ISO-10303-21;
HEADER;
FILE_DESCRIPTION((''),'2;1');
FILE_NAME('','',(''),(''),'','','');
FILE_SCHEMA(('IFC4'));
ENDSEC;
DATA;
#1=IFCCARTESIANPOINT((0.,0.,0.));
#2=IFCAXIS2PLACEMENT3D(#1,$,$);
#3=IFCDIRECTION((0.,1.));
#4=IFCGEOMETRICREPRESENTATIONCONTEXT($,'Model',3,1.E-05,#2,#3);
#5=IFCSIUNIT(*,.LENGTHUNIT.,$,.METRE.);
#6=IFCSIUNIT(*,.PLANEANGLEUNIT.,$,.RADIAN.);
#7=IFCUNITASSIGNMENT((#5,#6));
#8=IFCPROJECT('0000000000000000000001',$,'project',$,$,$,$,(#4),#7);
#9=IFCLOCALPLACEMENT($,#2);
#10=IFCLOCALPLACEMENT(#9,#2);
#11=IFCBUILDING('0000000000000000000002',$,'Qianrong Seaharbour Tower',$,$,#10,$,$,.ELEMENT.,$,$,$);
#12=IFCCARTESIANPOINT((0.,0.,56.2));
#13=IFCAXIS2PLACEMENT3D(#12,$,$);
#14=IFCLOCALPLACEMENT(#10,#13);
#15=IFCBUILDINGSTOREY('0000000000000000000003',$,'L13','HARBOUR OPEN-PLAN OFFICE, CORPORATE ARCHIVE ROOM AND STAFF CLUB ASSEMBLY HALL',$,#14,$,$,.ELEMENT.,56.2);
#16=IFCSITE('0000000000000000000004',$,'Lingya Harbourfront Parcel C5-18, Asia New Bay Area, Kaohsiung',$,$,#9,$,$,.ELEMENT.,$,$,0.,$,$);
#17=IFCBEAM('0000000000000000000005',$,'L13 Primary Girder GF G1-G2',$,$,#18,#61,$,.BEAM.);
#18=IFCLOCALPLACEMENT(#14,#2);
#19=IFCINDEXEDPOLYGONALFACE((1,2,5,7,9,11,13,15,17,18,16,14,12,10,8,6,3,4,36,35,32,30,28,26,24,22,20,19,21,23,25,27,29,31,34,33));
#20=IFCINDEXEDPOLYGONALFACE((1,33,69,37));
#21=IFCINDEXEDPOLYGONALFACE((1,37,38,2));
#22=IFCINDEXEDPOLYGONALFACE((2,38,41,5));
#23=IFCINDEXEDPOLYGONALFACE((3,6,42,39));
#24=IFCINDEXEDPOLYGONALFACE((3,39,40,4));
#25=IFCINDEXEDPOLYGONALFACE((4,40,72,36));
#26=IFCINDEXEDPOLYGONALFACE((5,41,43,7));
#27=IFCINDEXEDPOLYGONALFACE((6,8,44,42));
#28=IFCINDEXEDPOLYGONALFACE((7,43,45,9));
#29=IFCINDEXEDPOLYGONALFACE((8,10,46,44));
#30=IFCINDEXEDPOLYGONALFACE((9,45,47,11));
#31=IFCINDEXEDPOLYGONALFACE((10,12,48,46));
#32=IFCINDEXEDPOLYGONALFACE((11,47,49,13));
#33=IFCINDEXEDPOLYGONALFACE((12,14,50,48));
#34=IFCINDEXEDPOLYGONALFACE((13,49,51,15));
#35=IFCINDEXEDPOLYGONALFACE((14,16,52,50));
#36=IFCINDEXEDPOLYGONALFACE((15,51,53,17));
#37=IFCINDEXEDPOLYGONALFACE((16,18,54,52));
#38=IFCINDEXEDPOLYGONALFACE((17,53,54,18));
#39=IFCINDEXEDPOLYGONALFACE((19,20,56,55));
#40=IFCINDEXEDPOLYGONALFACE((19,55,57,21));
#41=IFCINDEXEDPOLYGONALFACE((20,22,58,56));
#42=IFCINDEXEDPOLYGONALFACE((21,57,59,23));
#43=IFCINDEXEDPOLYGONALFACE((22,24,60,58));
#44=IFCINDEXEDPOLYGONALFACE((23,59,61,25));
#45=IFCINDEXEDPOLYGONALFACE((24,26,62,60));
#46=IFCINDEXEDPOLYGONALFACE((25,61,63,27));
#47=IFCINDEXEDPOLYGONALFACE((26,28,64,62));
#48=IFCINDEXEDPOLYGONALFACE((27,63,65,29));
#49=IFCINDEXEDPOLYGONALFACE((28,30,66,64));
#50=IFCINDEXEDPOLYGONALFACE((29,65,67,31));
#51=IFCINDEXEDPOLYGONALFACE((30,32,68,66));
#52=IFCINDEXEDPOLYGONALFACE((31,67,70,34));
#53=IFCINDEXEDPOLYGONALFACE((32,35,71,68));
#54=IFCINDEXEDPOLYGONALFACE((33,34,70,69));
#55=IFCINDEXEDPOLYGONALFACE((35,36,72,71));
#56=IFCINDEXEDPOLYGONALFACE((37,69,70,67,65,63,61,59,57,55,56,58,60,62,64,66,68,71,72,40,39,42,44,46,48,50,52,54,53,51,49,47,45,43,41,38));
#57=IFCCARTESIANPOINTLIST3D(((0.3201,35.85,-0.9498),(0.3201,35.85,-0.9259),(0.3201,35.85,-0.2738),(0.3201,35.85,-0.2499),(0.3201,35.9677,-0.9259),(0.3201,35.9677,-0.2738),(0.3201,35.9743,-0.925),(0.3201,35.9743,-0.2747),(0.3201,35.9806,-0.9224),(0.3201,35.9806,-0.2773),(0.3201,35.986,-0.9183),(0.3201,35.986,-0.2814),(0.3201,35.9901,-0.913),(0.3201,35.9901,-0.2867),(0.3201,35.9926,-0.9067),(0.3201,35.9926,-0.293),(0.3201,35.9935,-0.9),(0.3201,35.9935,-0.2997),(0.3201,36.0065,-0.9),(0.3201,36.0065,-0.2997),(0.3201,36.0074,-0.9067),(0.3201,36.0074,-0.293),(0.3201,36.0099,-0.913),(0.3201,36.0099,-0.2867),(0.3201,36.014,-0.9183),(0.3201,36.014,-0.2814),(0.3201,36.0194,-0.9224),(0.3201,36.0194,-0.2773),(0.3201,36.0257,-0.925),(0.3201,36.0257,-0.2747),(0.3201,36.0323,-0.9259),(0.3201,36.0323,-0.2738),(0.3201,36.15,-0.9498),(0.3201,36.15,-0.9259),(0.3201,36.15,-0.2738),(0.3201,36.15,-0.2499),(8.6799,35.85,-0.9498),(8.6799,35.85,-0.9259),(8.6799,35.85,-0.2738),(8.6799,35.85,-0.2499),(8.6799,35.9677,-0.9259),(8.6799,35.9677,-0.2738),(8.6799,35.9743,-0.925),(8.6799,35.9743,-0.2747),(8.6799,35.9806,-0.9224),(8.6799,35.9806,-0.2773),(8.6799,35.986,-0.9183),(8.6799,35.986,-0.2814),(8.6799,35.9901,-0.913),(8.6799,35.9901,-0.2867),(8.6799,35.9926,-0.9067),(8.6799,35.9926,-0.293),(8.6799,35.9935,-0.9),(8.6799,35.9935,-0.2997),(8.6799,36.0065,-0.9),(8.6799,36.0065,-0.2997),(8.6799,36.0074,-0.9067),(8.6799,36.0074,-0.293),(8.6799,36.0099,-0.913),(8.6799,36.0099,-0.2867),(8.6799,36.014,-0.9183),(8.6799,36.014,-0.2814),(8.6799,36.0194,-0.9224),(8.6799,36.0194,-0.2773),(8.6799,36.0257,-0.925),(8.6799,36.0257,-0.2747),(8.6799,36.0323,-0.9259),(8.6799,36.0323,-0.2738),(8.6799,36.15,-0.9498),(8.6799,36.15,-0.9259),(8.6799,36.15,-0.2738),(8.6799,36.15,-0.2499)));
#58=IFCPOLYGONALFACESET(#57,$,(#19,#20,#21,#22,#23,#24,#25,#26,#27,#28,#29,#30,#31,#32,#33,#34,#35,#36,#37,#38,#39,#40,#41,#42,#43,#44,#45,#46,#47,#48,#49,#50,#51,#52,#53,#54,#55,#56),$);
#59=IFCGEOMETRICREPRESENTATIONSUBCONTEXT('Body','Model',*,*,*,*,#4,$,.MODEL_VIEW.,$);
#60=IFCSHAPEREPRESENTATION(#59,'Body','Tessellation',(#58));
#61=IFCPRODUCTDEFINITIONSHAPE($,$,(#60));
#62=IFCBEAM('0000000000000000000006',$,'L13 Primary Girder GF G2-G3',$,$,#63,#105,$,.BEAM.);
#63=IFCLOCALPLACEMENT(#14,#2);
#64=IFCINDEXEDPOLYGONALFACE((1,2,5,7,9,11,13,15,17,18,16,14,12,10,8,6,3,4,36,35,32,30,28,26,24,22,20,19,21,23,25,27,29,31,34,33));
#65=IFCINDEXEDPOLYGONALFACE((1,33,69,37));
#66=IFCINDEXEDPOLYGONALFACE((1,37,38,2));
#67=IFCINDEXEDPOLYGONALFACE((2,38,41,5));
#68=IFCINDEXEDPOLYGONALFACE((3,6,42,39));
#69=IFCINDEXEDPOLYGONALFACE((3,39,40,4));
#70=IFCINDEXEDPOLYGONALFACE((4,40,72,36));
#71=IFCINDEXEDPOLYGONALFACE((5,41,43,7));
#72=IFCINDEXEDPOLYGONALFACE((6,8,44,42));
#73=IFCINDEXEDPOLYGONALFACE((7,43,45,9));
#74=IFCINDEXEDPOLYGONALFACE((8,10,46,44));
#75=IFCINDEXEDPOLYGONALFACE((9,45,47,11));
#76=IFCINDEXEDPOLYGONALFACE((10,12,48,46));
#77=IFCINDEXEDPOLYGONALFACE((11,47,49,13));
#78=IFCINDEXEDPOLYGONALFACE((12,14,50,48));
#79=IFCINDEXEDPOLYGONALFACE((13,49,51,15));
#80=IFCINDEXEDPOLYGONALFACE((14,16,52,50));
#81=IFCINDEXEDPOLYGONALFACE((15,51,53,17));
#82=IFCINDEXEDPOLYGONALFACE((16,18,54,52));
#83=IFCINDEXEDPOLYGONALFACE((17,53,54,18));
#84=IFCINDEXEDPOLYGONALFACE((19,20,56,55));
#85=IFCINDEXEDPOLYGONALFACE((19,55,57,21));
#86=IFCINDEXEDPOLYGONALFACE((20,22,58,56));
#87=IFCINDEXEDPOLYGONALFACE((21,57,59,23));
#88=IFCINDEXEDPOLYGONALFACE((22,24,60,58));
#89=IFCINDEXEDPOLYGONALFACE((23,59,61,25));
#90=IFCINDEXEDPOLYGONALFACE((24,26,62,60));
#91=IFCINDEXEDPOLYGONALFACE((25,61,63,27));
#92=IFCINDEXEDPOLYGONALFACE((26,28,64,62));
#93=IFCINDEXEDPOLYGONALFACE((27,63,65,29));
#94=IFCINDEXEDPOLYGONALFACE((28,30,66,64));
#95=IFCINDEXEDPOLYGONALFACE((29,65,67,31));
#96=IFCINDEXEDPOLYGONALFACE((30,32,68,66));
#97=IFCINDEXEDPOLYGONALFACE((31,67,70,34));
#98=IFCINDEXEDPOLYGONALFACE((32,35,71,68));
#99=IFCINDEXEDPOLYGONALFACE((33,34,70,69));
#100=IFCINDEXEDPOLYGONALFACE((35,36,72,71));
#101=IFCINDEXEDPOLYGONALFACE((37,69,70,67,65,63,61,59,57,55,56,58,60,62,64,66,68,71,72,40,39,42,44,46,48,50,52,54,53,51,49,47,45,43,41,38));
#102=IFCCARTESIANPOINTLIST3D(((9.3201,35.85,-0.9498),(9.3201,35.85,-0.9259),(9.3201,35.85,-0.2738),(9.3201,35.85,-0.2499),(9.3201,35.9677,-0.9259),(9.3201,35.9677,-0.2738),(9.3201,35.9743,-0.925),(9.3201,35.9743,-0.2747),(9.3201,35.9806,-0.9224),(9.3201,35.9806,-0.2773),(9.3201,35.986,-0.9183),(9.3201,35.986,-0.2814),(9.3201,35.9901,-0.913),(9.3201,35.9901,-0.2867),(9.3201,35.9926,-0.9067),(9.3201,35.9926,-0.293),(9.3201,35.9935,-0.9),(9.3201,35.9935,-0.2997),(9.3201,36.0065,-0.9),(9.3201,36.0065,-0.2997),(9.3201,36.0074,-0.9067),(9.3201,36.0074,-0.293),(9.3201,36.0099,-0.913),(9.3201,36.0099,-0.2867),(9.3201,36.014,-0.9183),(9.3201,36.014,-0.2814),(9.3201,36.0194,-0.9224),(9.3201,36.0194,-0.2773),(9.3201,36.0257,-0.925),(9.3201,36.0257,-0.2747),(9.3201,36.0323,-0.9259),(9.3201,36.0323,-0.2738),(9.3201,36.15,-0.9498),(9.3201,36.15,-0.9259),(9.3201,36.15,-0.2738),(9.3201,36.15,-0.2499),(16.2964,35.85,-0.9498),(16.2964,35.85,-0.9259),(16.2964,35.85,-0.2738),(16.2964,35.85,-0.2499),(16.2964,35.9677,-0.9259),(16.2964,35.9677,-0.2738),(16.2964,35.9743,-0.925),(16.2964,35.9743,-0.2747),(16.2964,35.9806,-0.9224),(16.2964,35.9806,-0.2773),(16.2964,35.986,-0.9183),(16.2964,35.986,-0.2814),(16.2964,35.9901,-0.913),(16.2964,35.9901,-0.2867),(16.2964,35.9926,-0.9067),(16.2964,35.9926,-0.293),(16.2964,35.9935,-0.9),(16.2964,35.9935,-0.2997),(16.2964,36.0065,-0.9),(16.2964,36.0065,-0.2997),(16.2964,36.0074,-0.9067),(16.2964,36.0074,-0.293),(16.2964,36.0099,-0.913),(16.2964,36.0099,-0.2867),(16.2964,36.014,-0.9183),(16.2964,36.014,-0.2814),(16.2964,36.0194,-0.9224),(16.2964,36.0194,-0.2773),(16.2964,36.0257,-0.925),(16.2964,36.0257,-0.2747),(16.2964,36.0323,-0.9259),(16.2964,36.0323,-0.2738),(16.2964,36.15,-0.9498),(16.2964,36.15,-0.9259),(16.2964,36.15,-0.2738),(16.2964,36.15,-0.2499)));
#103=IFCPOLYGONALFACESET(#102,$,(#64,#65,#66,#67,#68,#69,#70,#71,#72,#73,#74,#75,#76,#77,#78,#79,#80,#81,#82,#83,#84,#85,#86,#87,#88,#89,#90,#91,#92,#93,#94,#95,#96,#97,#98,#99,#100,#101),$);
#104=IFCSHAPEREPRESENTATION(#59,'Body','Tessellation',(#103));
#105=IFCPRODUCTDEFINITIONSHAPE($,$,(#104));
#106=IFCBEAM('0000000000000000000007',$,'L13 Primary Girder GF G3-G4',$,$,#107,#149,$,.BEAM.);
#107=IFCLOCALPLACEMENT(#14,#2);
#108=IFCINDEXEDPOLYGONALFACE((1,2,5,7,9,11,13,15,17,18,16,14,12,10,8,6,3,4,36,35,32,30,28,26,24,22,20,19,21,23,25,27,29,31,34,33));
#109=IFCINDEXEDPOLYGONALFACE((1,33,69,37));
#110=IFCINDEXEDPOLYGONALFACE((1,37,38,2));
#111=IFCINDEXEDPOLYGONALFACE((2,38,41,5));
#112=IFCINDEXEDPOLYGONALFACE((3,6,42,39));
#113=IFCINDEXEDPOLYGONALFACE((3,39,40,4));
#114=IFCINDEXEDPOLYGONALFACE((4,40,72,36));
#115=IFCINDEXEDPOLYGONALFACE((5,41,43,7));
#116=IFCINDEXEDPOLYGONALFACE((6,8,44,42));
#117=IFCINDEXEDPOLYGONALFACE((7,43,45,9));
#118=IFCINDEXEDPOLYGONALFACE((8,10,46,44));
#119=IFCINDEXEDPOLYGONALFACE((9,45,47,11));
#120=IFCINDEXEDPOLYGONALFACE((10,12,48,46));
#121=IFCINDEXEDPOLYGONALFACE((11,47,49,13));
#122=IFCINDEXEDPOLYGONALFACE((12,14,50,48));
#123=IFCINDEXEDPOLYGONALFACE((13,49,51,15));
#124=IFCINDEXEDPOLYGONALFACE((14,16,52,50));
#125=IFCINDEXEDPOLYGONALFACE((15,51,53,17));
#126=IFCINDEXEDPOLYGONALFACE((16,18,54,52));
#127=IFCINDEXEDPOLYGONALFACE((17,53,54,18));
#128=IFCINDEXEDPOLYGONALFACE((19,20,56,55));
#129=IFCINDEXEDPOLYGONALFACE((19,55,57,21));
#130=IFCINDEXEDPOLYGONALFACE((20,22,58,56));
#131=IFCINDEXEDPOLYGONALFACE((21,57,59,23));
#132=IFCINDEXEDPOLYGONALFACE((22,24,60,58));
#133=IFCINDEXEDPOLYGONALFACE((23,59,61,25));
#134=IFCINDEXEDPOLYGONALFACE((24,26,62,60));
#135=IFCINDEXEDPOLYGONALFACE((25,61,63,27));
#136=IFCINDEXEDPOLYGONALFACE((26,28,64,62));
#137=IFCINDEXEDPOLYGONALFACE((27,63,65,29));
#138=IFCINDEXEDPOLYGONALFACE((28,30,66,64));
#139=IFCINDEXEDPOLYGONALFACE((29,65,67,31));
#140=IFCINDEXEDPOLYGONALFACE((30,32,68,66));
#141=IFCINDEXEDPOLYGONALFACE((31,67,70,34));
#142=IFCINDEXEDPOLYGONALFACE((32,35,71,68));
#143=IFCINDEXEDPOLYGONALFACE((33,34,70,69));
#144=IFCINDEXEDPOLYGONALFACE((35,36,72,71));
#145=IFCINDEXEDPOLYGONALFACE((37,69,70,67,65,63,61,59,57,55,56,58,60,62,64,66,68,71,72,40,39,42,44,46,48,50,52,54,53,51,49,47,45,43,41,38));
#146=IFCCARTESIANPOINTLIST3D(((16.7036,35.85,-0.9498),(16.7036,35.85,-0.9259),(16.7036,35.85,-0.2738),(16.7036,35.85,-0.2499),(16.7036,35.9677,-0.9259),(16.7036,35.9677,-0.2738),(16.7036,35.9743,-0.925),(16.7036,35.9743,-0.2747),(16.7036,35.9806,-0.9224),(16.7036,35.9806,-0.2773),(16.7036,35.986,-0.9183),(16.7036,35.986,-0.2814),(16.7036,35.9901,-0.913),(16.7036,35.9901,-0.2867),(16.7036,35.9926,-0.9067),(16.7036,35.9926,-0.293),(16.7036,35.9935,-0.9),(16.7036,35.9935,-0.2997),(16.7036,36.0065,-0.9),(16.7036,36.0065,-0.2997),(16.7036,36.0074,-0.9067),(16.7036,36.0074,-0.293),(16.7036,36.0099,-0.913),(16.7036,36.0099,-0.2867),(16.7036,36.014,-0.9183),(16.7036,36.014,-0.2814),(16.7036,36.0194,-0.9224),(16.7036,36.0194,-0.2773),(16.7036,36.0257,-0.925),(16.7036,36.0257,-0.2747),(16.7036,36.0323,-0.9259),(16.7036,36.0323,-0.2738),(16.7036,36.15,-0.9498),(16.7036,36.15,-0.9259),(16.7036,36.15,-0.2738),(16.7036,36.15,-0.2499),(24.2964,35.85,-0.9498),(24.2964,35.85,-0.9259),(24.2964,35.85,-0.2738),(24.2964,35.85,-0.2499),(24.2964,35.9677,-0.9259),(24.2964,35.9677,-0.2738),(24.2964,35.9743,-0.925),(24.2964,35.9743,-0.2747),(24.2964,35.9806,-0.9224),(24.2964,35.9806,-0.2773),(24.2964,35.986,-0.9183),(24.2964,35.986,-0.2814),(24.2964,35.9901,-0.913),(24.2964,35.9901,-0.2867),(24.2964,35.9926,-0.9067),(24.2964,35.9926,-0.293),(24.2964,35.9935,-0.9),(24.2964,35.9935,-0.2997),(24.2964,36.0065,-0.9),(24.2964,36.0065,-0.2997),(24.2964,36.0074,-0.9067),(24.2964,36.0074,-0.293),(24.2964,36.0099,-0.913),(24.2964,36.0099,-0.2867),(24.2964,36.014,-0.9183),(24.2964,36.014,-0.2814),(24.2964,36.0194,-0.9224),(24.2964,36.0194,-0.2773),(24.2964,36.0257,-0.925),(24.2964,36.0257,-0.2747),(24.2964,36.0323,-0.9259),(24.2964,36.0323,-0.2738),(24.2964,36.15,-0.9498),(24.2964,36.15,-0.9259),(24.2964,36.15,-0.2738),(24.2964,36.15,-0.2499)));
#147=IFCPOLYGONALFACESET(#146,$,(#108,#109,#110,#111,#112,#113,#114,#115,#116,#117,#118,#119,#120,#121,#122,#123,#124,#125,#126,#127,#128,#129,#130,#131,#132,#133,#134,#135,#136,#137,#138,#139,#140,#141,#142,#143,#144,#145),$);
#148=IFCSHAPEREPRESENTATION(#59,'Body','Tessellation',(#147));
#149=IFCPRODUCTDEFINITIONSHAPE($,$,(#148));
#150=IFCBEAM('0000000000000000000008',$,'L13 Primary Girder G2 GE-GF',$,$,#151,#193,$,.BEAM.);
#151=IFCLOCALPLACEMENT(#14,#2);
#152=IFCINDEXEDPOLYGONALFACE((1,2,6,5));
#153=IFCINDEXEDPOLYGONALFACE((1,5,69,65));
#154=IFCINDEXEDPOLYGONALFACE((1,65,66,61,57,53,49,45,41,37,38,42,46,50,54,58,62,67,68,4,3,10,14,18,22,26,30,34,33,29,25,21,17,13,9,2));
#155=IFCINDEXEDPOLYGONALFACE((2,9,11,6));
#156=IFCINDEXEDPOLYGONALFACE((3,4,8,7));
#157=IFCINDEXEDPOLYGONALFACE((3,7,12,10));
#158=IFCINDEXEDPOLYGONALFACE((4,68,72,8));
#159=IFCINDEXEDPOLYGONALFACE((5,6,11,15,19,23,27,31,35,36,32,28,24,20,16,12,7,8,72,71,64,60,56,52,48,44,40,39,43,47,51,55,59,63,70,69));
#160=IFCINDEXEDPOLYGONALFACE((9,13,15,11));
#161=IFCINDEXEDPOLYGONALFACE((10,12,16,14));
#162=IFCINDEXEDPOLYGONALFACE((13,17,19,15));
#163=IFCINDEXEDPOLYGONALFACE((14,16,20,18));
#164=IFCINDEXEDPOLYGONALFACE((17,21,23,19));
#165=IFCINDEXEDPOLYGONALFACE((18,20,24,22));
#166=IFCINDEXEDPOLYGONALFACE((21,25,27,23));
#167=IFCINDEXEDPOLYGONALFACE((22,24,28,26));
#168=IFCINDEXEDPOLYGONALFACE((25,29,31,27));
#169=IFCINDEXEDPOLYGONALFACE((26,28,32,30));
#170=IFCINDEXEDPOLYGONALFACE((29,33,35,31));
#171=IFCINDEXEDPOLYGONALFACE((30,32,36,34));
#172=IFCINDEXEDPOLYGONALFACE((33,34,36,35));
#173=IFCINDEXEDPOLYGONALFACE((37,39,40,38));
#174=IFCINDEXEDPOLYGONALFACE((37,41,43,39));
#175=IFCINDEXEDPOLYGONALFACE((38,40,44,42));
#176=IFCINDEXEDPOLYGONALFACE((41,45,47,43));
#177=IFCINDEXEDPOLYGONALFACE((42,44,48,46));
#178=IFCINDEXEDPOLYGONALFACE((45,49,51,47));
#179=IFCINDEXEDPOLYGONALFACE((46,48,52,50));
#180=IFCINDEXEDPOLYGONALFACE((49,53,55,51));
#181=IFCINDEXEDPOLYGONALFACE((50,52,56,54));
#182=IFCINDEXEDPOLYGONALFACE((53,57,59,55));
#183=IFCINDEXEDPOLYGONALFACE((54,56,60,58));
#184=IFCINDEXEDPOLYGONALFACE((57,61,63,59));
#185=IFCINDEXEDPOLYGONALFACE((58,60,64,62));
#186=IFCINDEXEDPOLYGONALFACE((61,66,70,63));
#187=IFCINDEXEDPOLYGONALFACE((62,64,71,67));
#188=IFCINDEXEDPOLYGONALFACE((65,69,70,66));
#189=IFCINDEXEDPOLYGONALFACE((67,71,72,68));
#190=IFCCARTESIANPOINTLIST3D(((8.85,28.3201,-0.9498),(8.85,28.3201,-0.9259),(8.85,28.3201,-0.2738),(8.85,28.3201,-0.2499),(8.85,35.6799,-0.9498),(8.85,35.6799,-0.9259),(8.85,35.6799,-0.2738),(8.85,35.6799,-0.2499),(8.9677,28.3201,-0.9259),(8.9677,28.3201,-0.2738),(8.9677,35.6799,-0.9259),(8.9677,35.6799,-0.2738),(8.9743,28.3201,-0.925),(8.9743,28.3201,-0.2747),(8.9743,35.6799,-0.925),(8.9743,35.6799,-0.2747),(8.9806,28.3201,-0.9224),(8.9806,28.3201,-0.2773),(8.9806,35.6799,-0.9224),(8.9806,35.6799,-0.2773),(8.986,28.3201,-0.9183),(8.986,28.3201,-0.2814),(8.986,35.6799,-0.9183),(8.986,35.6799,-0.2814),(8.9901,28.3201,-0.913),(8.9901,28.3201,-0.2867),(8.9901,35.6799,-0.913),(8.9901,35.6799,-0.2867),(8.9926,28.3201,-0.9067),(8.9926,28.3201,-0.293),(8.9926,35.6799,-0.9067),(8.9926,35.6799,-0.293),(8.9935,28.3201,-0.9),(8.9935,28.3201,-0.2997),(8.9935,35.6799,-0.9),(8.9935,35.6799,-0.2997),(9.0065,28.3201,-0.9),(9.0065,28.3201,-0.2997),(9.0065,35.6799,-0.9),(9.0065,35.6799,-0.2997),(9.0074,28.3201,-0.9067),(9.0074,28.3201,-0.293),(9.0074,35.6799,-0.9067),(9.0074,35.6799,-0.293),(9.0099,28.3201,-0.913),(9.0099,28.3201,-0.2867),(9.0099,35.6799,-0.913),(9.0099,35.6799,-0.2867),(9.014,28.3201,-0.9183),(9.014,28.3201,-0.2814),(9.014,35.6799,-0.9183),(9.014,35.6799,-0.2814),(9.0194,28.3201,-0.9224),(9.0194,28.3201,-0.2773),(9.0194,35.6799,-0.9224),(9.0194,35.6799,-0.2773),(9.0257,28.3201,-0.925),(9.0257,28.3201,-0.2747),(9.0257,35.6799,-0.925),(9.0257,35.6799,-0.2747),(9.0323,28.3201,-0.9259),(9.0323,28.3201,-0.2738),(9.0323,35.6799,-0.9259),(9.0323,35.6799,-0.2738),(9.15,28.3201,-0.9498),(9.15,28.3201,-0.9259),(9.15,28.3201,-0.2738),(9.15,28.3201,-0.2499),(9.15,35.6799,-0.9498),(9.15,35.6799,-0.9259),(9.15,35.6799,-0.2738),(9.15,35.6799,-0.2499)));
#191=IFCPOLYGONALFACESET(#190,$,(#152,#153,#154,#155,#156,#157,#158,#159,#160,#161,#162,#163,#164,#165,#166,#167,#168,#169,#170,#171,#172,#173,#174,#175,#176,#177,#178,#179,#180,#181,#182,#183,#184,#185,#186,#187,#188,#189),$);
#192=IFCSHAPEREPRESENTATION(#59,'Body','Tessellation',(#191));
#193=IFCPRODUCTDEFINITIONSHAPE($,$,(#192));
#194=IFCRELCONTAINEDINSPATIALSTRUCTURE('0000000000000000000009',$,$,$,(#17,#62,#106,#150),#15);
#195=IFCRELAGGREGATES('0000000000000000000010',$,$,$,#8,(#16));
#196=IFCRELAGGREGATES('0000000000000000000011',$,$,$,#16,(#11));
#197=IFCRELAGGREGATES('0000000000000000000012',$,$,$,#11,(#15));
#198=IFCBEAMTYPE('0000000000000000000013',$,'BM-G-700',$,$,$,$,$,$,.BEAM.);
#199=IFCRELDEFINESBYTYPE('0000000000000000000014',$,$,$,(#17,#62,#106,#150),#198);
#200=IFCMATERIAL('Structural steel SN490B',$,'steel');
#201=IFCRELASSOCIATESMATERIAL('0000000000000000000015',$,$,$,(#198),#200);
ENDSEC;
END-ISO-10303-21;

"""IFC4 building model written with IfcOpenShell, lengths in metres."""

from ifc_helpers import new_model, si_unit, direction, frame, origin, origin_2d, place, context, subcontext, project, spatial, i_section, extrude, material, material_profile, profile_set, type_object, element, save


model = new_model("IFC4")

# Units and contexts
model_context = context("Model", 3, precision=1e-05, world=origin(), true_north=direction((0.0, 1.0)))
body_context = subcontext(model_context, "Body", "Model", "MODEL_VIEW")
ifc_project = project(units=[si_unit("LENGTHUNIT", "METRE"), si_unit("PLANEANGLEUNIT", "RADIAN")], contexts=[model_context])

# Site, building, storey
site_placement = place(None, origin())
site = spatial("IfcSite", under=ifc_project, at=site_placement, Name="Lingya Harbourfront Parcel C5-18, Asia New Bay Area, Kaohsiung", CompositionType="ELEMENT", RefElevation=0.0)
building_placement = place(site_placement, origin())
building = spatial("IfcBuilding", under=site, at=building_placement, Name="Qianrong Seaharbour Tower", CompositionType="ELEMENT")
storey_placement = place(building_placement, frame((0.0, 0.0, 56.2)))
storey = spatial("IfcBuildingStorey", under=building, at=storey_placement, Name="L13", Description="HARBOUR OPEN-PLAN OFFICE, CORPORATE ARCHIVE ROOM AND STAFF CLUB ASSEMBLY HALL", CompositionType="ELEMENT", Elevation=56.2)

# Shared definitions
ifc_material_1 = material(Name="Structural steel SN490B", Category="steel")

# Beams
ifc_material_profile_1 = material_profile(ifc_material_1, i_section(OverallWidth=0.3, OverallDepth=0.7, WebThickness=0.0129, FlangeThickness=0.0239, FilletRadius=0.0259, at=origin_2d()), Name="H700x300x13x24")
ifc_profile_set_1 = profile_set([ifc_material_profile_1], Name="Structural steel SN490B")
beam_type_1 = type_object("IfcBeamType", Name="BM-G-700", PredefinedType="BEAM", material=ifc_profile_set_1)
beam_1_placement = place(storey_placement, frame((0.3201, 36.0, -0.5999), z_axis=(1.0, 0.0, 0.0), x_axis=(0.0, 1.0, 0.0)))
element("IfcBeam", 1, at=beam_1_placement, inside=storey, type_object=beam_type_1, Name="L13 Primary Girder GF G1-G2", PredefinedType="BEAM", context=body_context, shape_type="SweptSolid", body=[
    extrude(i_section(OverallWidth=0.3, OverallDepth=0.7, WebThickness=0.0129, FlangeThickness=0.0239, FilletRadius=0.0259, at=origin_2d()), origin(), (0.0, 0.0, 1.0), 8.3599),
])
beam_2_placement = place(storey_placement, frame((9.3201, 36.0, -0.5999), z_axis=(1.0, 0.0, 0.0), x_axis=(0.0, 1.0, 0.0)))
element("IfcBeam", 2, at=beam_2_placement, inside=storey, type_object=beam_type_1, Name="L13 Primary Girder GF G2-G3", PredefinedType="BEAM", context=body_context, shape_type="SweptSolid", body=[
    extrude(i_section(OverallWidth=0.3, OverallDepth=0.7, WebThickness=0.0129, FlangeThickness=0.0239, FilletRadius=0.0259, at=origin_2d()), origin(), (0.0, 0.0, 1.0), 6.9763),
])
beam_3_placement = place(storey_placement, frame((16.7036, 36.0, -0.5999), z_axis=(1.0, 0.0, 0.0), x_axis=(0.0, 1.0, 0.0)))
element("IfcBeam", 3, at=beam_3_placement, inside=storey, type_object=beam_type_1, Name="L13 Primary Girder GF G3-G4", PredefinedType="BEAM", context=body_context, shape_type="SweptSolid", body=[
    extrude(i_section(OverallWidth=0.3, OverallDepth=0.7, WebThickness=0.0129, FlangeThickness=0.0239, FilletRadius=0.0259, at=origin_2d()), origin(), (0.0, 0.0, 1.0), 7.5928),
])
beam_4_placement = place(storey_placement, frame((9.0, 28.3201, -0.5999), z_axis=(0.0, 1.0, 0.0), x_axis=(-1.0, 0.0, 0.0)))
element("IfcBeam", 4, at=beam_4_placement, inside=storey, type_object=beam_type_1, Name="L13 Primary Girder G2 GE-GF", PredefinedType="BEAM", context=body_context, shape_type="SweptSolid", body=[
    extrude(i_section(OverallWidth=0.3, OverallDepth=0.7, WebThickness=0.0129, FlangeThickness=0.0239, FilletRadius=0.0259, at=origin_2d()), origin(), (0.0, 0.0, 1.0), 7.3599),
])

save(model, "model.ifc")
